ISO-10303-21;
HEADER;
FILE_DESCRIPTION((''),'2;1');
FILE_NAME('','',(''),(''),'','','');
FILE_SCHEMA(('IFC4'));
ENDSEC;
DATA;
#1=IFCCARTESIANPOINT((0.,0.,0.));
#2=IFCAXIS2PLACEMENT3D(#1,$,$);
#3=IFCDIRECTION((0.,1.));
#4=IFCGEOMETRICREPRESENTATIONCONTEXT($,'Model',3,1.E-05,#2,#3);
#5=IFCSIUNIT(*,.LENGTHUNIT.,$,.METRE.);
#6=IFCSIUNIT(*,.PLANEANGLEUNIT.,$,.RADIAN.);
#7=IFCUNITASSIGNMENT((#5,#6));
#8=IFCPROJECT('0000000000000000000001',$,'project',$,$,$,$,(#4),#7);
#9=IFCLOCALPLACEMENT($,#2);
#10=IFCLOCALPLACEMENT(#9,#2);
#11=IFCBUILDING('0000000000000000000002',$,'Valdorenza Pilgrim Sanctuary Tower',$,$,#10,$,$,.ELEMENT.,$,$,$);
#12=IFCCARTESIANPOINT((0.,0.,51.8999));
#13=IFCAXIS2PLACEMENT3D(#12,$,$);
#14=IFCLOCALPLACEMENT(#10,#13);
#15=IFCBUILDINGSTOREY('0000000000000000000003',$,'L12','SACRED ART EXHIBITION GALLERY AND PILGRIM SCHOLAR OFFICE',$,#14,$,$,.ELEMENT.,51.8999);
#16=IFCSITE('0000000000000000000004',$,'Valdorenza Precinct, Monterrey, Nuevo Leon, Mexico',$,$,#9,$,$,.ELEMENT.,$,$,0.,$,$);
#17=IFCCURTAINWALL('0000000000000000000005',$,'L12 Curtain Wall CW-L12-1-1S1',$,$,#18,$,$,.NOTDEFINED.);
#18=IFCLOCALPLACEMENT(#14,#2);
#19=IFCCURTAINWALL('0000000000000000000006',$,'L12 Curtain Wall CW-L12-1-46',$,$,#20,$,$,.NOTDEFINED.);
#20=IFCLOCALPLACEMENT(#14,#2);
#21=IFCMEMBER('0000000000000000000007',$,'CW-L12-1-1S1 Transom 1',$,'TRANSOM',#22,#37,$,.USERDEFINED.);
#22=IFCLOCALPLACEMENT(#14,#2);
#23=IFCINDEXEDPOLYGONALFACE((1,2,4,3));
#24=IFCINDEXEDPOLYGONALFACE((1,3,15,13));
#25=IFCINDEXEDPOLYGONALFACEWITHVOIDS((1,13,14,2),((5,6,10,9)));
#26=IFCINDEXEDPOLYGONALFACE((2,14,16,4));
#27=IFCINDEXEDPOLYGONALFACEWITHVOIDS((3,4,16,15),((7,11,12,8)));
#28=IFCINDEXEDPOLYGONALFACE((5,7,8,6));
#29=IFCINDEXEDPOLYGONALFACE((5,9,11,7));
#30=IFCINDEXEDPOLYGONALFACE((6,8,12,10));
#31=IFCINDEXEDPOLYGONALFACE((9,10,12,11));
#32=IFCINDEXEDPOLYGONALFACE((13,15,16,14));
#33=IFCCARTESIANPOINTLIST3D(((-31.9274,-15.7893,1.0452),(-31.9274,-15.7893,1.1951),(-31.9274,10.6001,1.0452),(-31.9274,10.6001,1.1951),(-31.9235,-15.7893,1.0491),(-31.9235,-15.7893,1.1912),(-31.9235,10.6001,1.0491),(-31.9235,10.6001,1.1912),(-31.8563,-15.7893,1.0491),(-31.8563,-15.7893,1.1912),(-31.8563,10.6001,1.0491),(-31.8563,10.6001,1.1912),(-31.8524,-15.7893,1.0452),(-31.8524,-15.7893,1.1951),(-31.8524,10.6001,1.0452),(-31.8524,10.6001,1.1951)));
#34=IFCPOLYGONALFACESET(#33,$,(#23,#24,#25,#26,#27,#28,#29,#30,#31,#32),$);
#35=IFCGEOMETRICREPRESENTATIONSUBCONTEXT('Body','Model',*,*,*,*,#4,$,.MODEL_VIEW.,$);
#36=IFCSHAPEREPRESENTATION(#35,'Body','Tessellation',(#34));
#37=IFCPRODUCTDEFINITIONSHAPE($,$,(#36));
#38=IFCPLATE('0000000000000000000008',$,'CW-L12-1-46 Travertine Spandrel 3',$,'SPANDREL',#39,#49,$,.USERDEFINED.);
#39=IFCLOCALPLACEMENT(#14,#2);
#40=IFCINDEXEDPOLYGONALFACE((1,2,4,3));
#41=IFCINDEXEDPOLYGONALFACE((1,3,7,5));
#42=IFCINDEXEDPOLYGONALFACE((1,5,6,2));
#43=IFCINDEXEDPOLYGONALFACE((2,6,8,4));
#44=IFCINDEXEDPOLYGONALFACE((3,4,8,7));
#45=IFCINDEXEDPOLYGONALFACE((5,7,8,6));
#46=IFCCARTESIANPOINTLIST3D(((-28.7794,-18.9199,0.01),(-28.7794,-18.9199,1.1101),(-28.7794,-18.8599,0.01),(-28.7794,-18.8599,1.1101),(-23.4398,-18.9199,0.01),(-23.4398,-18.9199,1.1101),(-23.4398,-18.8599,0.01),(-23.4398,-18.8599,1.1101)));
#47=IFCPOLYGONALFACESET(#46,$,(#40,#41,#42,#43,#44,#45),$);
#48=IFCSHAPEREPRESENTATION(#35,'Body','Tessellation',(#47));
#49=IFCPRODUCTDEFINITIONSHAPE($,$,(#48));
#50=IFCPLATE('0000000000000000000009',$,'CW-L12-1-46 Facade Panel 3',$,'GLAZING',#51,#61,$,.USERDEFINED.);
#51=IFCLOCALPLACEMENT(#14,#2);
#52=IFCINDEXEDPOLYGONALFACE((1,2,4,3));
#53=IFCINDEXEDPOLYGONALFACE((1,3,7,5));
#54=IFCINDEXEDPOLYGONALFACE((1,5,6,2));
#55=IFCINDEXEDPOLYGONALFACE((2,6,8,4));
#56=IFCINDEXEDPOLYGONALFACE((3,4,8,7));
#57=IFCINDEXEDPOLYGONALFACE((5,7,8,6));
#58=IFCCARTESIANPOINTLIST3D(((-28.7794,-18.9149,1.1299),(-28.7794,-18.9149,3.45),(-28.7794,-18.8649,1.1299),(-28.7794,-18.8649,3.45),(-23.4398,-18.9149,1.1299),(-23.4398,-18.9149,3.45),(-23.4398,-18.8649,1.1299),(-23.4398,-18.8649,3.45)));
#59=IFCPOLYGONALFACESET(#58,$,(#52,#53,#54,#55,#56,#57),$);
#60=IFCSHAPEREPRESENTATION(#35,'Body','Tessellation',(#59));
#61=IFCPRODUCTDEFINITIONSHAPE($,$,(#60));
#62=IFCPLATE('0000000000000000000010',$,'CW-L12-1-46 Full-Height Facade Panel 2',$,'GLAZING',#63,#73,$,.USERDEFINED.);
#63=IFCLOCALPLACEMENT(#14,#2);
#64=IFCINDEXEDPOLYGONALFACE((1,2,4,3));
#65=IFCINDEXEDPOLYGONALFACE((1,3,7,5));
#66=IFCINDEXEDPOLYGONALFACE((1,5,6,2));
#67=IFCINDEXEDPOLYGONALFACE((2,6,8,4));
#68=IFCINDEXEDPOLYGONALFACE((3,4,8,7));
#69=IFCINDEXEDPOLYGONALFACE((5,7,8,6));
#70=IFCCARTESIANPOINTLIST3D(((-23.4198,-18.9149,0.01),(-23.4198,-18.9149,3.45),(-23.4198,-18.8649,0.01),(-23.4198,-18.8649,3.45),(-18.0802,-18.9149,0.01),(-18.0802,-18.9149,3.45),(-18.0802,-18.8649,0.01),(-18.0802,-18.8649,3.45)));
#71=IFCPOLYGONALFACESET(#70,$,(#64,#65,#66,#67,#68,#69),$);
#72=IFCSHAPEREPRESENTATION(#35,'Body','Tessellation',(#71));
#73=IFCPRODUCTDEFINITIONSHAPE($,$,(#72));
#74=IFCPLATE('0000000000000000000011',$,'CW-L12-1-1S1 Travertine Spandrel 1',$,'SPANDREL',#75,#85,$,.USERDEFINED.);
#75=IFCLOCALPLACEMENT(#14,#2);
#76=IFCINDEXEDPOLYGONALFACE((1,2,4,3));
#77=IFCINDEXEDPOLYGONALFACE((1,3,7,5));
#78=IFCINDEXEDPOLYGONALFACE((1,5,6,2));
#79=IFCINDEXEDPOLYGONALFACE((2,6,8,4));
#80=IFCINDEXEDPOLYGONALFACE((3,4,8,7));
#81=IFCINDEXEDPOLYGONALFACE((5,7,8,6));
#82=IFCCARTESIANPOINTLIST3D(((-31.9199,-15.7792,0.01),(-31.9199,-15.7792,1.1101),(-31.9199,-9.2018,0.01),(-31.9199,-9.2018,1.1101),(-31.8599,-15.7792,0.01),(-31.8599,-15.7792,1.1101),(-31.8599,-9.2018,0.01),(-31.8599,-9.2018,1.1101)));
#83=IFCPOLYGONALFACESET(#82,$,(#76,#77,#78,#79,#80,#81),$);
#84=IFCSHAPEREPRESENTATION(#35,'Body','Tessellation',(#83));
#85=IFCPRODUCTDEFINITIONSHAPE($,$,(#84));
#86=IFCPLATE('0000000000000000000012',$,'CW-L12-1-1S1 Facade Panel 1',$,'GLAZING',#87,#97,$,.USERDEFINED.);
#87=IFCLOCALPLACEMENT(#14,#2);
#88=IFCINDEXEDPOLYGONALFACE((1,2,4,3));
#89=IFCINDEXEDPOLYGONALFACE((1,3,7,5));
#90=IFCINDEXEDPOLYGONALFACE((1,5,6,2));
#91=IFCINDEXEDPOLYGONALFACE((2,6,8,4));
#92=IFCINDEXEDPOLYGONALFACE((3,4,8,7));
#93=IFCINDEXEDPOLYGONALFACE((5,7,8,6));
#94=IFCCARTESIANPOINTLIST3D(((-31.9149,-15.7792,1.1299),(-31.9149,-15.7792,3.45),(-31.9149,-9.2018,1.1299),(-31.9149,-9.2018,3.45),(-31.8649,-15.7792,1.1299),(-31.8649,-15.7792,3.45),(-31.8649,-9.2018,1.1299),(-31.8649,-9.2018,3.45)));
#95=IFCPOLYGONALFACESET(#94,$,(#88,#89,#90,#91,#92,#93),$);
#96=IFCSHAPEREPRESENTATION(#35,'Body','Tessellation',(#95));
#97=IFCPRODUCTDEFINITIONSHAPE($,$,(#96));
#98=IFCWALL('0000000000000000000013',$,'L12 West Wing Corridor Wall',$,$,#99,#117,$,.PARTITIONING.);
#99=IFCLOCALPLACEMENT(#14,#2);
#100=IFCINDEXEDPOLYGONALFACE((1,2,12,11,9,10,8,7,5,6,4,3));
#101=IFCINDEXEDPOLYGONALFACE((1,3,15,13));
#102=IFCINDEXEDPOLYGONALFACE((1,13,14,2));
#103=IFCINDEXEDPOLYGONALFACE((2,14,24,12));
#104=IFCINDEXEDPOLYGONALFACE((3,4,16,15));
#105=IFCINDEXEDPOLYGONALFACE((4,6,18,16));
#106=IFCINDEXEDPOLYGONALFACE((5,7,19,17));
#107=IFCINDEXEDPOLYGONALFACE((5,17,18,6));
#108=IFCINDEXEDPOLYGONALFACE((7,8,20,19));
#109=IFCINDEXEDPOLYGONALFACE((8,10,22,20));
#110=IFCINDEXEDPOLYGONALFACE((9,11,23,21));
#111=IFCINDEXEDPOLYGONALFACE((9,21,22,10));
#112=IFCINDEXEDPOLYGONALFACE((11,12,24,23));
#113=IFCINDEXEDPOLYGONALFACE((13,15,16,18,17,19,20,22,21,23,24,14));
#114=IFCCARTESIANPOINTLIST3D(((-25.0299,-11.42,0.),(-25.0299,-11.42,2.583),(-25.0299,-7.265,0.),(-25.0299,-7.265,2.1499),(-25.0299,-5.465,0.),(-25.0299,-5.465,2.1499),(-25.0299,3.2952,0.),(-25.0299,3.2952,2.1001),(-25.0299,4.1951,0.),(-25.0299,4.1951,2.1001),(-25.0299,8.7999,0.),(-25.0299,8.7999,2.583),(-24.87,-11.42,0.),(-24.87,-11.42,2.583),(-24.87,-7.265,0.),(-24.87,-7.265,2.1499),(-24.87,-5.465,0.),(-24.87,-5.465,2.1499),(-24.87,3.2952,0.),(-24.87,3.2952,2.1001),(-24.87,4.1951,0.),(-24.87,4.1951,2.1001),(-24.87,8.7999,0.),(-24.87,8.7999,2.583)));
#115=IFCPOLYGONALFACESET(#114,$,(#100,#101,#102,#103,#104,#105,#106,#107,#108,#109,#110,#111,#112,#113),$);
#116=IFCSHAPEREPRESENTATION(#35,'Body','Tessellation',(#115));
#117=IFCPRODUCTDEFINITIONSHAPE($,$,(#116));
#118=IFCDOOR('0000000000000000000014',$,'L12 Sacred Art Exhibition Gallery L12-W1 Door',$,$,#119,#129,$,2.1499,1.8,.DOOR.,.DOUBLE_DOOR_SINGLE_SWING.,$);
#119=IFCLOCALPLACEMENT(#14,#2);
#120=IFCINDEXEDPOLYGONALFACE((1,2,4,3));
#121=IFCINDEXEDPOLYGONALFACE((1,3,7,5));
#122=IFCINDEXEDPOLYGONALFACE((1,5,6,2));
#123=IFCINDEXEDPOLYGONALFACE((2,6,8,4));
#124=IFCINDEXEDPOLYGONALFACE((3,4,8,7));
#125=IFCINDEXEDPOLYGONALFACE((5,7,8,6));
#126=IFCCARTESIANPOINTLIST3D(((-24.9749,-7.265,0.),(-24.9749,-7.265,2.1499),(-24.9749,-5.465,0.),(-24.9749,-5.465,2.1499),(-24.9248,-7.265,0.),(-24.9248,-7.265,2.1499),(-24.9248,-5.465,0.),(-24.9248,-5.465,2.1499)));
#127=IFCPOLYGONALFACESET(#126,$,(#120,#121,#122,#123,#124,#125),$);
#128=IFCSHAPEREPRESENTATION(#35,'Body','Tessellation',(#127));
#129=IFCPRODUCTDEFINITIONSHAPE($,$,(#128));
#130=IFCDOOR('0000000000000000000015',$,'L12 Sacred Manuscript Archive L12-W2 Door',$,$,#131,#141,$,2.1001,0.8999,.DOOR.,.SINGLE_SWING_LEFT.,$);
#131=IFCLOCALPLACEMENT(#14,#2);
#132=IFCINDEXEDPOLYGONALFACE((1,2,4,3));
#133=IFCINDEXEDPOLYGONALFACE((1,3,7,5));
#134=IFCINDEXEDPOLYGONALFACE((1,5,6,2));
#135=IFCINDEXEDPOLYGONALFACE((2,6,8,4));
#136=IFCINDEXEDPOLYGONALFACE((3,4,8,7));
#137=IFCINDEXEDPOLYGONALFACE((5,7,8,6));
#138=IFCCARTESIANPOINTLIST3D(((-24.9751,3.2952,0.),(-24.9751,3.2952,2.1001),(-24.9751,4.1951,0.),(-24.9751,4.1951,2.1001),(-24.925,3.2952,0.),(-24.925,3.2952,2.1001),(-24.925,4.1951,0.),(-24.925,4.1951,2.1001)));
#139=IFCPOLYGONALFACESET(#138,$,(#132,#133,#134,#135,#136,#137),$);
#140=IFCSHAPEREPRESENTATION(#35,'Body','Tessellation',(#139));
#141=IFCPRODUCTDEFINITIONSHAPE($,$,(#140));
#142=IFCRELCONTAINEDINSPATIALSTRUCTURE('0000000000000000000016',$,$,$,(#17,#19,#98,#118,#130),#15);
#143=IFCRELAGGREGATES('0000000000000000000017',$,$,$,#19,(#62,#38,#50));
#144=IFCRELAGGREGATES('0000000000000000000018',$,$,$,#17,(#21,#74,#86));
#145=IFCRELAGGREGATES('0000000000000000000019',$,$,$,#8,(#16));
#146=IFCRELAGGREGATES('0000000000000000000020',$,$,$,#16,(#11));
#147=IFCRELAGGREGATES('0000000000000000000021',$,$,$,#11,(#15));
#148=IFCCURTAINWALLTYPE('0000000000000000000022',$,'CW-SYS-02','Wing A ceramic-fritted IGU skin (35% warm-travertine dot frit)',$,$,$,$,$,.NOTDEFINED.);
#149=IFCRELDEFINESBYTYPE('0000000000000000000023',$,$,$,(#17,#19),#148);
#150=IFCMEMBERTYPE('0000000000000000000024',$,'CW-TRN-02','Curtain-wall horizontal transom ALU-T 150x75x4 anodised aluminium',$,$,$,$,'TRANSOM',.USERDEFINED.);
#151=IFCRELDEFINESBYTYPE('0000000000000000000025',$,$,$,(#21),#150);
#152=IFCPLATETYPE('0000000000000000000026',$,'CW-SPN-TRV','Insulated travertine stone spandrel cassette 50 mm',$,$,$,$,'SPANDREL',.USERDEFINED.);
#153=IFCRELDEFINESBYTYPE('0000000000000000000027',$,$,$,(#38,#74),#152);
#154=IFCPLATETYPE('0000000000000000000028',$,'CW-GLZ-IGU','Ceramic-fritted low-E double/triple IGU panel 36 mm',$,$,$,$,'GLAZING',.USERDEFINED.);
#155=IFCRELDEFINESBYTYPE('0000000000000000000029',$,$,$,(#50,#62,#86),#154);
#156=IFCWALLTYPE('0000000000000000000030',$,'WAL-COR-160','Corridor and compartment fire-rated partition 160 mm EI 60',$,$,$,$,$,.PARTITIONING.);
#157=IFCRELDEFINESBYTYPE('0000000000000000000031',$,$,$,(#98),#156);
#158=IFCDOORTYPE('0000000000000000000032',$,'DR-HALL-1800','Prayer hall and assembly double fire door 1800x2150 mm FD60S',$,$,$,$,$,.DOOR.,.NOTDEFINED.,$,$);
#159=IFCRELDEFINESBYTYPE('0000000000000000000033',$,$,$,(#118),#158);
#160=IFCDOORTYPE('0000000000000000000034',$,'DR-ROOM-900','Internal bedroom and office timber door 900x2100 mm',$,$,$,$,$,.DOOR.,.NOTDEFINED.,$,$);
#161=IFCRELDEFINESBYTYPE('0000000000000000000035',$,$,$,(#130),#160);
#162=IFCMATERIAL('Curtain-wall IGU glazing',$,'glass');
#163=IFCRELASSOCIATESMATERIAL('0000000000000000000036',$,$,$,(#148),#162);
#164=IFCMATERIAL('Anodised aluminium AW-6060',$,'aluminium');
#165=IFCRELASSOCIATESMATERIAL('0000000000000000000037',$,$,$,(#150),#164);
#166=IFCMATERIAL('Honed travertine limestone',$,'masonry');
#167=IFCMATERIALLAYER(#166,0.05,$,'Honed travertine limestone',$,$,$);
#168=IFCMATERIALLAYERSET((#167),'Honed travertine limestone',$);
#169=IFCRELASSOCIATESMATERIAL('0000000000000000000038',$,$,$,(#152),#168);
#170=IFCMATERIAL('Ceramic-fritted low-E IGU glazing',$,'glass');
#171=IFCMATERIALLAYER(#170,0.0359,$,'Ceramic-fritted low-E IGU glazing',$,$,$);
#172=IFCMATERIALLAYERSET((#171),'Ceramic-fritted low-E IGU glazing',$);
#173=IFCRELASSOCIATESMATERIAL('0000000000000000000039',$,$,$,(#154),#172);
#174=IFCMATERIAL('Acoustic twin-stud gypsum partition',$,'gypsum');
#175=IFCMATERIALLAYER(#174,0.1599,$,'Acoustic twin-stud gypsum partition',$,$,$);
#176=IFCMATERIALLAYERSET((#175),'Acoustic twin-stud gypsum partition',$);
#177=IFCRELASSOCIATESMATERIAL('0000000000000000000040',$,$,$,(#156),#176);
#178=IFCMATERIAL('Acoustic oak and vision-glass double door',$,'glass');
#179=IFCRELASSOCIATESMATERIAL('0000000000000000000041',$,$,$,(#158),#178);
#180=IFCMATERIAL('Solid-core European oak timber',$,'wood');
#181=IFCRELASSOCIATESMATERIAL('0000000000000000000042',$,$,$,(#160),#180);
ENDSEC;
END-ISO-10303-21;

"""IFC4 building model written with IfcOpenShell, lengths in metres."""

from ifc_helpers import new_model, si_unit, direction, frame, frame_2d, origin, origin_2d, place, context, subcontext, project, spatial, rectangle, hollow_rectangle, extrude, source, transform, mapped, material, layer, layer_set, material_profile, profile_set, type_object, element, fill, aggregate, save


model = new_model("IFC4")

# Units and contexts
model_context = context("Model", 3, precision=1e-05, world=origin(), true_north=direction((0.0, 1.0)))
body_context = subcontext(model_context, "Body", "Model", "MODEL_VIEW")
ifc_project = project(units=[si_unit("LENGTHUNIT", "METRE"), si_unit("PLANEANGLEUNIT", "RADIAN")], contexts=[model_context])

# Site, building, storey
site_placement = place(None, origin())
site = spatial("IfcSite", under=ifc_project, at=site_placement, Name="Valdorenza Precinct, Monterrey, Nuevo Leon, Mexico", CompositionType="ELEMENT", RefElevation=0.0)
building_placement = place(site_placement, origin())
building = spatial("IfcBuilding", under=site, at=building_placement, Name="Valdorenza Pilgrim Sanctuary Tower", CompositionType="ELEMENT")
storey_placement = place(building_placement, frame((0.0, 0.0, 51.8999)))
storey = spatial("IfcBuildingStorey", under=building, at=storey_placement, Name="L12", Description="SACRED ART EXHIBITION GALLERY AND PILGRIM SCHOLAR OFFICE", CompositionType="ELEMENT", Elevation=51.8999)

# Curtain wall
ifc_material_1 = material(Name="Curtain-wall IGU glazing", Category="glass")
curtain_wall_type = type_object("IfcCurtainWallType", Name="CW-SYS-02", Description="Wing A ceramic-fritted IGU skin (35% warm-travertine dot frit)", PredefinedType="NOTDEFINED", material=ifc_material_1)
curtain_wall_1_placement = place(storey_placement, origin())
curtain_wall_1 = element("IfcCurtainWall", 1, at=curtain_wall_1_placement, inside=storey, type_object=curtain_wall_type, Name="L12 Curtain Wall CW-L12-1-1S1", PredefinedType="NOTDEFINED")
ifc_material_2 = material(Name="Anodised aluminium AW-6060", Category="aluminium")

# Curtain wall
curtain_wall_2_placement = place(storey_placement, origin())
curtain_wall_2 = element("IfcCurtainWall", 2, at=curtain_wall_2_placement, inside=storey, type_object=curtain_wall_type, Name="L12 Curtain Wall CW-L12-1-46", PredefinedType="NOTDEFINED")

# Member
ifc_material_profile_1 = material_profile(ifc_material_2, hollow_rectangle(XDim=0.075, YDim=0.1499, WallThickness=0.0039, at=origin_2d()), Name="ALU-T 150x75x4")
ifc_profile_set_1 = profile_set([ifc_material_profile_1], Name="Anodised aluminium AW-6060")
member_type_1 = type_object("IfcMemberType", Name="CW-TRN-02", Description="Curtain-wall horizontal transom ALU-T 150x75x4 anodised aluminium", ElementType="TRANSOM", PredefinedType="USERDEFINED", material=ifc_profile_set_1)
shared_shape_1 = source(origin(), body_context, "Body", "SweptSolid", [
    extrude(hollow_rectangle(XDim=0.075, YDim=0.1499, WallThickness=0.0039, at=origin_2d()), origin(), (0.0, 0.0, 1.0), 26.3894),
])
member_1_placement = place(storey_placement, frame((-31.8899, -15.7893, 1.1201), z_axis=(0.0, 1.0, 0.0), x_axis=(-1.0, 0.0, 0.0)))
member_1 = element("IfcMember", 3, at=member_1_placement, type_object=member_type_1, Name="CW-L12-1-1S1 Transom 1", ObjectType="TRANSOM", PredefinedType="USERDEFINED", context=body_context, shape_type="MappedRepresentation", body=[
    mapped(shared_shape_1, transform((0.0, 0.0, 0.0), x_axis=(1.0, 0.0, 0.0), y_axis=(0.0, 1.0, 0.0), z_axis=(0.0, 0.0, 1.0), scale=1.0)),
])

# Plates
ifc_material_3 = material(Name="Honed travertine limestone", Category="masonry")
ifc_layer_1 = layer(ifc_material_3, 0.05, Name="Honed travertine limestone")
ifc_layer_set_1 = layer_set([ifc_layer_1], Name="Honed travertine limestone")
plate_type_1 = type_object("IfcPlateType", Name="CW-SPN-TRV", Description="Insulated travertine stone spandrel cassette 50 mm", ElementType="SPANDREL", PredefinedType="USERDEFINED", material=ifc_layer_set_1)
shared_shape_2 = source(origin(), body_context, "Body", "SweptSolid", [
    extrude(rectangle(XDim=5.3396, YDim=0.0601, at=origin_2d()), origin(), (0.0, 0.0, 1.0), 1.1001),
])
plate_1_placement = place(storey_placement, frame((-26.1096, -18.8899, 0.01), z_axis=(0.0, 0.0, 1.0), x_axis=(-1.0, 0.0, 0.0)))
plate_1 = element("IfcPlate", 4, at=plate_1_placement, type_object=plate_type_1, Name="CW-L12-1-46 Travertine Spandrel 3", ObjectType="SPANDREL", PredefinedType="USERDEFINED", context=body_context, shape_type="MappedRepresentation", body=[
    mapped(shared_shape_2, transform((0.0, 0.0, 0.0), x_axis=(1.0, 0.0, 0.0), y_axis=(0.0, 1.0, 0.0), z_axis=(0.0, 0.0, 1.0), scale=1.0)),
])
ifc_material_4 = material(Name="Ceramic-fritted low-E IGU glazing", Category="glass")
ifc_layer_2 = layer(ifc_material_4, 0.0359, Name="Ceramic-fritted low-E IGU glazing")
ifc_layer_set_2 = layer_set([ifc_layer_2], Name="Ceramic-fritted low-E IGU glazing")
plate_type_2 = type_object("IfcPlateType", Name="CW-GLZ-IGU", Description="Ceramic-fritted low-E double/triple IGU panel 36 mm", ElementType="GLAZING", PredefinedType="USERDEFINED", material=ifc_layer_set_2)
shared_shape_3 = source(origin(), body_context, "Body", "SweptSolid", [
    extrude(rectangle(XDim=5.3396, YDim=0.05, at=origin_2d()), origin(), (0.0, 0.0, 1.0), 2.3201),
])
plate_2_placement = place(storey_placement, frame((-26.1096, -18.8899, 1.1299), z_axis=(0.0, 0.0, 1.0), x_axis=(-1.0, 0.0, 0.0)))
plate_2 = element("IfcPlate", 5, at=plate_2_placement, type_object=plate_type_2, Name="CW-L12-1-46 Facade Panel 3", ObjectType="GLAZING", PredefinedType="USERDEFINED", context=body_context, shape_type="MappedRepresentation", body=[
    mapped(shared_shape_3, transform((0.0, 0.0, 0.0), x_axis=(1.0, 0.0, 0.0), y_axis=(0.0, 1.0, 0.0), z_axis=(0.0, 0.0, 1.0), scale=1.0)),
])
shared_shape_4 = source(origin(), body_context, "Body", "SweptSolid", [
    extrude(rectangle(XDim=5.3396, YDim=0.05, at=origin_2d()), origin(), (0.0, 0.0, 1.0), 3.4399),
])
plate_3_placement = place(storey_placement, frame((-20.75, -18.8899, 0.01), z_axis=(0.0, 0.0, 1.0), x_axis=(-1.0, 0.0, 0.0)))
plate_3 = element("IfcPlate", 6, at=plate_3_placement, type_object=plate_type_2, Name="CW-L12-1-46 Full-Height Facade Panel 2", ObjectType="GLAZING", PredefinedType="USERDEFINED", context=body_context, shape_type="MappedRepresentation", body=[
    mapped(shared_shape_4, transform((0.0, 0.0, 0.0), x_axis=(1.0, 0.0, 0.0), y_axis=(0.0, 1.0, 0.0), z_axis=(0.0, 0.0, 1.0), scale=1.0)),
])
aggregate(curtain_wall_2, [plate_3, plate_1, plate_2])
shared_shape_5 = source(origin(), body_context, "Body", "SweptSolid", [
    extrude(rectangle(XDim=6.5774, YDim=0.0601, at=origin_2d()), origin(), (0.0, 0.0, 1.0), 1.1001),
])
plate_4_placement = place(storey_placement, frame((-31.8899, -12.4905, 0.01), z_axis=(0.0, 0.0, 1.0), x_axis=(0.0, 1.0, 0.0)))
plate_4 = element("IfcPlate", 7, at=plate_4_placement, type_object=plate_type_1, Name="CW-L12-1-1S1 Travertine Spandrel 1", ObjectType="SPANDREL", PredefinedType="USERDEFINED", context=body_context, shape_type="MappedRepresentation", body=[
    mapped(shared_shape_5, transform((0.0, 0.0, 0.0), x_axis=(1.0, 0.0, 0.0), y_axis=(0.0, 1.0, 0.0), z_axis=(0.0, 0.0, 1.0), scale=1.0)),
])
shared_shape_6 = source(origin(), body_context, "Body", "SweptSolid", [
    extrude(rectangle(XDim=6.5774, YDim=0.05, at=origin_2d()), origin(), (0.0, 0.0, 1.0), 2.3201),
])
plate_5_placement = place(storey_placement, frame((-31.8899, -12.4905, 1.1299), z_axis=(0.0, 0.0, 1.0), x_axis=(0.0, 1.0, 0.0)))
plate_5 = element("IfcPlate", 8, at=plate_5_placement, type_object=plate_type_2, Name="CW-L12-1-1S1 Facade Panel 1", ObjectType="GLAZING", PredefinedType="USERDEFINED", context=body_context, shape_type="MappedRepresentation", body=[
    mapped(shared_shape_6, transform((0.0, 0.0, 0.0), x_axis=(1.0, 0.0, 0.0), y_axis=(0.0, 1.0, 0.0), z_axis=(0.0, 0.0, 1.0), scale=1.0)),
])
aggregate(curtain_wall_1, [member_1, plate_4, plate_5])

# Wall, openings, doors
ifc_material_5 = material(Name="Acoustic twin-stud gypsum partition", Category="gypsum")
ifc_layer_3 = layer(ifc_material_5, 0.1599, Name="Acoustic twin-stud gypsum partition")
ifc_layer_set_3 = layer_set([ifc_layer_3], Name="Acoustic twin-stud gypsum partition")
wall_type_1 = type_object("IfcWallType", Name="WAL-COR-160", Description="Corridor and compartment fire-rated partition 160 mm EI 60", PredefinedType="PARTITIONING", material=ifc_layer_set_3)
wall_1_placement = place(storey_placement, frame((-24.95, -11.4199, 0.0), z_axis=(0.0, 0.0, 1.0), x_axis=(0.0, 1.0, 0.0)))
wall_1 = element("IfcWall", 9, at=wall_1_placement, inside=storey, type_object=wall_type_1, Name="L12 West Wing Corridor Wall", PredefinedType="PARTITIONING", context=body_context, shape_type="SweptSolid", body=[
    extrude(rectangle(XDim=20.22, YDim=0.1599, at=frame_2d((10.1099, 0.0))), origin(), (0.0, 0.0, 1.0), 2.583),
])
opening_1_placement = place(wall_1_placement, frame((4.155, 0.0, 0.0)))
opening_1 = element("IfcOpeningElement", 10, at=opening_1_placement, cuts=wall_1, PredefinedType="OPENING", context=body_context, shape_type="SweptSolid", body=[
    extrude(rectangle(XDim=1.8, YDim=2.1499, at=frame_2d((0.8999, 1.075))), frame((0.0, 0.0947, 0.0), z_axis=(0.0, -1.0, 0.0), x_axis=(1.0, 0.0, 0.0)), (0.0, 0.0, 1.0), 0.1897),
])
opening_2_placement = place(wall_1_placement, frame((14.7151, 0.0, 0.0)))
opening_2 = element("IfcOpeningElement", 11, at=opening_2_placement, cuts=wall_1, PredefinedType="OPENING", context=body_context, shape_type="SweptSolid", body=[
    extrude(rectangle(XDim=0.8999, YDim=2.1001, at=frame_2d((0.45, 1.05))), frame((0.0, 0.0947, 0.0), z_axis=(0.0, -1.0, 0.0), x_axis=(1.0, 0.0, 0.0)), (0.0, 0.0, 1.0), 0.1897),
])
ifc_material_6 = material(Name="Acoustic oak and vision-glass double door", Category="glass")
door_type_1 = type_object("IfcDoorType", Name="DR-HALL-1800", Description="Prayer hall and assembly double fire door 1800x2150 mm FD60S", OperationType="NOTDEFINED", PredefinedType="DOOR", material=ifc_material_6)
door_1_placement = place(opening_1_placement, origin())
door_1 = element("IfcDoor", 12, at=door_1_placement, inside=storey, type_object=door_type_1, Name="L12 Sacred Art Exhibition Gallery L12-W1 Door", OperationType="DOUBLE_DOOR_SINGLE_SWING", OverallHeight=2.1499, OverallWidth=1.8, PredefinedType="DOOR", context=body_context, shape_type="SweptSolid", body=[
    extrude(rectangle(XDim=1.8, YDim=2.1499, at=frame_2d((0.8999, 1.075))), frame((0.0, 0.0249, 0.0), z_axis=(0.0, -1.0, 0.0), x_axis=(1.0, 0.0, 0.0)), (0.0, 0.0, 1.0), 0.05),
])
fill(opening_1, door_1)
ifc_material_7 = material(Name="Solid-core European oak timber", Category="wood")
door_type_2 = type_object("IfcDoorType", Name="DR-ROOM-900", Description="Internal bedroom and office timber door 900x2100 mm", OperationType="NOTDEFINED", PredefinedType="DOOR", material=ifc_material_7)
door_2_placement = place(opening_2_placement, frame((0.8999, 0.0, 0.0), z_axis=(0.0, 0.0, 1.0), x_axis=(-1.0, 0.0, 0.0)))
door_2 = element("IfcDoor", 13, at=door_2_placement, inside=storey, type_object=door_type_2, Name="L12 Sacred Manuscript Archive L12-W2 Door", OperationType="SINGLE_SWING_LEFT", OverallHeight=2.1001, OverallWidth=0.8999, PredefinedType="DOOR", context=body_context, shape_type="SweptSolid", body=[
    extrude(rectangle(XDim=0.8999, YDim=2.1001, at=frame_2d((0.45, 1.05))), frame((0.0, 0.0249, 0.0), z_axis=(0.0, -1.0, 0.0), x_axis=(1.0, 0.0, 0.0)), (0.0, 0.0, 1.0), 0.05),
])
fill(opening_2, door_2)

save(model, "model.ifc")
